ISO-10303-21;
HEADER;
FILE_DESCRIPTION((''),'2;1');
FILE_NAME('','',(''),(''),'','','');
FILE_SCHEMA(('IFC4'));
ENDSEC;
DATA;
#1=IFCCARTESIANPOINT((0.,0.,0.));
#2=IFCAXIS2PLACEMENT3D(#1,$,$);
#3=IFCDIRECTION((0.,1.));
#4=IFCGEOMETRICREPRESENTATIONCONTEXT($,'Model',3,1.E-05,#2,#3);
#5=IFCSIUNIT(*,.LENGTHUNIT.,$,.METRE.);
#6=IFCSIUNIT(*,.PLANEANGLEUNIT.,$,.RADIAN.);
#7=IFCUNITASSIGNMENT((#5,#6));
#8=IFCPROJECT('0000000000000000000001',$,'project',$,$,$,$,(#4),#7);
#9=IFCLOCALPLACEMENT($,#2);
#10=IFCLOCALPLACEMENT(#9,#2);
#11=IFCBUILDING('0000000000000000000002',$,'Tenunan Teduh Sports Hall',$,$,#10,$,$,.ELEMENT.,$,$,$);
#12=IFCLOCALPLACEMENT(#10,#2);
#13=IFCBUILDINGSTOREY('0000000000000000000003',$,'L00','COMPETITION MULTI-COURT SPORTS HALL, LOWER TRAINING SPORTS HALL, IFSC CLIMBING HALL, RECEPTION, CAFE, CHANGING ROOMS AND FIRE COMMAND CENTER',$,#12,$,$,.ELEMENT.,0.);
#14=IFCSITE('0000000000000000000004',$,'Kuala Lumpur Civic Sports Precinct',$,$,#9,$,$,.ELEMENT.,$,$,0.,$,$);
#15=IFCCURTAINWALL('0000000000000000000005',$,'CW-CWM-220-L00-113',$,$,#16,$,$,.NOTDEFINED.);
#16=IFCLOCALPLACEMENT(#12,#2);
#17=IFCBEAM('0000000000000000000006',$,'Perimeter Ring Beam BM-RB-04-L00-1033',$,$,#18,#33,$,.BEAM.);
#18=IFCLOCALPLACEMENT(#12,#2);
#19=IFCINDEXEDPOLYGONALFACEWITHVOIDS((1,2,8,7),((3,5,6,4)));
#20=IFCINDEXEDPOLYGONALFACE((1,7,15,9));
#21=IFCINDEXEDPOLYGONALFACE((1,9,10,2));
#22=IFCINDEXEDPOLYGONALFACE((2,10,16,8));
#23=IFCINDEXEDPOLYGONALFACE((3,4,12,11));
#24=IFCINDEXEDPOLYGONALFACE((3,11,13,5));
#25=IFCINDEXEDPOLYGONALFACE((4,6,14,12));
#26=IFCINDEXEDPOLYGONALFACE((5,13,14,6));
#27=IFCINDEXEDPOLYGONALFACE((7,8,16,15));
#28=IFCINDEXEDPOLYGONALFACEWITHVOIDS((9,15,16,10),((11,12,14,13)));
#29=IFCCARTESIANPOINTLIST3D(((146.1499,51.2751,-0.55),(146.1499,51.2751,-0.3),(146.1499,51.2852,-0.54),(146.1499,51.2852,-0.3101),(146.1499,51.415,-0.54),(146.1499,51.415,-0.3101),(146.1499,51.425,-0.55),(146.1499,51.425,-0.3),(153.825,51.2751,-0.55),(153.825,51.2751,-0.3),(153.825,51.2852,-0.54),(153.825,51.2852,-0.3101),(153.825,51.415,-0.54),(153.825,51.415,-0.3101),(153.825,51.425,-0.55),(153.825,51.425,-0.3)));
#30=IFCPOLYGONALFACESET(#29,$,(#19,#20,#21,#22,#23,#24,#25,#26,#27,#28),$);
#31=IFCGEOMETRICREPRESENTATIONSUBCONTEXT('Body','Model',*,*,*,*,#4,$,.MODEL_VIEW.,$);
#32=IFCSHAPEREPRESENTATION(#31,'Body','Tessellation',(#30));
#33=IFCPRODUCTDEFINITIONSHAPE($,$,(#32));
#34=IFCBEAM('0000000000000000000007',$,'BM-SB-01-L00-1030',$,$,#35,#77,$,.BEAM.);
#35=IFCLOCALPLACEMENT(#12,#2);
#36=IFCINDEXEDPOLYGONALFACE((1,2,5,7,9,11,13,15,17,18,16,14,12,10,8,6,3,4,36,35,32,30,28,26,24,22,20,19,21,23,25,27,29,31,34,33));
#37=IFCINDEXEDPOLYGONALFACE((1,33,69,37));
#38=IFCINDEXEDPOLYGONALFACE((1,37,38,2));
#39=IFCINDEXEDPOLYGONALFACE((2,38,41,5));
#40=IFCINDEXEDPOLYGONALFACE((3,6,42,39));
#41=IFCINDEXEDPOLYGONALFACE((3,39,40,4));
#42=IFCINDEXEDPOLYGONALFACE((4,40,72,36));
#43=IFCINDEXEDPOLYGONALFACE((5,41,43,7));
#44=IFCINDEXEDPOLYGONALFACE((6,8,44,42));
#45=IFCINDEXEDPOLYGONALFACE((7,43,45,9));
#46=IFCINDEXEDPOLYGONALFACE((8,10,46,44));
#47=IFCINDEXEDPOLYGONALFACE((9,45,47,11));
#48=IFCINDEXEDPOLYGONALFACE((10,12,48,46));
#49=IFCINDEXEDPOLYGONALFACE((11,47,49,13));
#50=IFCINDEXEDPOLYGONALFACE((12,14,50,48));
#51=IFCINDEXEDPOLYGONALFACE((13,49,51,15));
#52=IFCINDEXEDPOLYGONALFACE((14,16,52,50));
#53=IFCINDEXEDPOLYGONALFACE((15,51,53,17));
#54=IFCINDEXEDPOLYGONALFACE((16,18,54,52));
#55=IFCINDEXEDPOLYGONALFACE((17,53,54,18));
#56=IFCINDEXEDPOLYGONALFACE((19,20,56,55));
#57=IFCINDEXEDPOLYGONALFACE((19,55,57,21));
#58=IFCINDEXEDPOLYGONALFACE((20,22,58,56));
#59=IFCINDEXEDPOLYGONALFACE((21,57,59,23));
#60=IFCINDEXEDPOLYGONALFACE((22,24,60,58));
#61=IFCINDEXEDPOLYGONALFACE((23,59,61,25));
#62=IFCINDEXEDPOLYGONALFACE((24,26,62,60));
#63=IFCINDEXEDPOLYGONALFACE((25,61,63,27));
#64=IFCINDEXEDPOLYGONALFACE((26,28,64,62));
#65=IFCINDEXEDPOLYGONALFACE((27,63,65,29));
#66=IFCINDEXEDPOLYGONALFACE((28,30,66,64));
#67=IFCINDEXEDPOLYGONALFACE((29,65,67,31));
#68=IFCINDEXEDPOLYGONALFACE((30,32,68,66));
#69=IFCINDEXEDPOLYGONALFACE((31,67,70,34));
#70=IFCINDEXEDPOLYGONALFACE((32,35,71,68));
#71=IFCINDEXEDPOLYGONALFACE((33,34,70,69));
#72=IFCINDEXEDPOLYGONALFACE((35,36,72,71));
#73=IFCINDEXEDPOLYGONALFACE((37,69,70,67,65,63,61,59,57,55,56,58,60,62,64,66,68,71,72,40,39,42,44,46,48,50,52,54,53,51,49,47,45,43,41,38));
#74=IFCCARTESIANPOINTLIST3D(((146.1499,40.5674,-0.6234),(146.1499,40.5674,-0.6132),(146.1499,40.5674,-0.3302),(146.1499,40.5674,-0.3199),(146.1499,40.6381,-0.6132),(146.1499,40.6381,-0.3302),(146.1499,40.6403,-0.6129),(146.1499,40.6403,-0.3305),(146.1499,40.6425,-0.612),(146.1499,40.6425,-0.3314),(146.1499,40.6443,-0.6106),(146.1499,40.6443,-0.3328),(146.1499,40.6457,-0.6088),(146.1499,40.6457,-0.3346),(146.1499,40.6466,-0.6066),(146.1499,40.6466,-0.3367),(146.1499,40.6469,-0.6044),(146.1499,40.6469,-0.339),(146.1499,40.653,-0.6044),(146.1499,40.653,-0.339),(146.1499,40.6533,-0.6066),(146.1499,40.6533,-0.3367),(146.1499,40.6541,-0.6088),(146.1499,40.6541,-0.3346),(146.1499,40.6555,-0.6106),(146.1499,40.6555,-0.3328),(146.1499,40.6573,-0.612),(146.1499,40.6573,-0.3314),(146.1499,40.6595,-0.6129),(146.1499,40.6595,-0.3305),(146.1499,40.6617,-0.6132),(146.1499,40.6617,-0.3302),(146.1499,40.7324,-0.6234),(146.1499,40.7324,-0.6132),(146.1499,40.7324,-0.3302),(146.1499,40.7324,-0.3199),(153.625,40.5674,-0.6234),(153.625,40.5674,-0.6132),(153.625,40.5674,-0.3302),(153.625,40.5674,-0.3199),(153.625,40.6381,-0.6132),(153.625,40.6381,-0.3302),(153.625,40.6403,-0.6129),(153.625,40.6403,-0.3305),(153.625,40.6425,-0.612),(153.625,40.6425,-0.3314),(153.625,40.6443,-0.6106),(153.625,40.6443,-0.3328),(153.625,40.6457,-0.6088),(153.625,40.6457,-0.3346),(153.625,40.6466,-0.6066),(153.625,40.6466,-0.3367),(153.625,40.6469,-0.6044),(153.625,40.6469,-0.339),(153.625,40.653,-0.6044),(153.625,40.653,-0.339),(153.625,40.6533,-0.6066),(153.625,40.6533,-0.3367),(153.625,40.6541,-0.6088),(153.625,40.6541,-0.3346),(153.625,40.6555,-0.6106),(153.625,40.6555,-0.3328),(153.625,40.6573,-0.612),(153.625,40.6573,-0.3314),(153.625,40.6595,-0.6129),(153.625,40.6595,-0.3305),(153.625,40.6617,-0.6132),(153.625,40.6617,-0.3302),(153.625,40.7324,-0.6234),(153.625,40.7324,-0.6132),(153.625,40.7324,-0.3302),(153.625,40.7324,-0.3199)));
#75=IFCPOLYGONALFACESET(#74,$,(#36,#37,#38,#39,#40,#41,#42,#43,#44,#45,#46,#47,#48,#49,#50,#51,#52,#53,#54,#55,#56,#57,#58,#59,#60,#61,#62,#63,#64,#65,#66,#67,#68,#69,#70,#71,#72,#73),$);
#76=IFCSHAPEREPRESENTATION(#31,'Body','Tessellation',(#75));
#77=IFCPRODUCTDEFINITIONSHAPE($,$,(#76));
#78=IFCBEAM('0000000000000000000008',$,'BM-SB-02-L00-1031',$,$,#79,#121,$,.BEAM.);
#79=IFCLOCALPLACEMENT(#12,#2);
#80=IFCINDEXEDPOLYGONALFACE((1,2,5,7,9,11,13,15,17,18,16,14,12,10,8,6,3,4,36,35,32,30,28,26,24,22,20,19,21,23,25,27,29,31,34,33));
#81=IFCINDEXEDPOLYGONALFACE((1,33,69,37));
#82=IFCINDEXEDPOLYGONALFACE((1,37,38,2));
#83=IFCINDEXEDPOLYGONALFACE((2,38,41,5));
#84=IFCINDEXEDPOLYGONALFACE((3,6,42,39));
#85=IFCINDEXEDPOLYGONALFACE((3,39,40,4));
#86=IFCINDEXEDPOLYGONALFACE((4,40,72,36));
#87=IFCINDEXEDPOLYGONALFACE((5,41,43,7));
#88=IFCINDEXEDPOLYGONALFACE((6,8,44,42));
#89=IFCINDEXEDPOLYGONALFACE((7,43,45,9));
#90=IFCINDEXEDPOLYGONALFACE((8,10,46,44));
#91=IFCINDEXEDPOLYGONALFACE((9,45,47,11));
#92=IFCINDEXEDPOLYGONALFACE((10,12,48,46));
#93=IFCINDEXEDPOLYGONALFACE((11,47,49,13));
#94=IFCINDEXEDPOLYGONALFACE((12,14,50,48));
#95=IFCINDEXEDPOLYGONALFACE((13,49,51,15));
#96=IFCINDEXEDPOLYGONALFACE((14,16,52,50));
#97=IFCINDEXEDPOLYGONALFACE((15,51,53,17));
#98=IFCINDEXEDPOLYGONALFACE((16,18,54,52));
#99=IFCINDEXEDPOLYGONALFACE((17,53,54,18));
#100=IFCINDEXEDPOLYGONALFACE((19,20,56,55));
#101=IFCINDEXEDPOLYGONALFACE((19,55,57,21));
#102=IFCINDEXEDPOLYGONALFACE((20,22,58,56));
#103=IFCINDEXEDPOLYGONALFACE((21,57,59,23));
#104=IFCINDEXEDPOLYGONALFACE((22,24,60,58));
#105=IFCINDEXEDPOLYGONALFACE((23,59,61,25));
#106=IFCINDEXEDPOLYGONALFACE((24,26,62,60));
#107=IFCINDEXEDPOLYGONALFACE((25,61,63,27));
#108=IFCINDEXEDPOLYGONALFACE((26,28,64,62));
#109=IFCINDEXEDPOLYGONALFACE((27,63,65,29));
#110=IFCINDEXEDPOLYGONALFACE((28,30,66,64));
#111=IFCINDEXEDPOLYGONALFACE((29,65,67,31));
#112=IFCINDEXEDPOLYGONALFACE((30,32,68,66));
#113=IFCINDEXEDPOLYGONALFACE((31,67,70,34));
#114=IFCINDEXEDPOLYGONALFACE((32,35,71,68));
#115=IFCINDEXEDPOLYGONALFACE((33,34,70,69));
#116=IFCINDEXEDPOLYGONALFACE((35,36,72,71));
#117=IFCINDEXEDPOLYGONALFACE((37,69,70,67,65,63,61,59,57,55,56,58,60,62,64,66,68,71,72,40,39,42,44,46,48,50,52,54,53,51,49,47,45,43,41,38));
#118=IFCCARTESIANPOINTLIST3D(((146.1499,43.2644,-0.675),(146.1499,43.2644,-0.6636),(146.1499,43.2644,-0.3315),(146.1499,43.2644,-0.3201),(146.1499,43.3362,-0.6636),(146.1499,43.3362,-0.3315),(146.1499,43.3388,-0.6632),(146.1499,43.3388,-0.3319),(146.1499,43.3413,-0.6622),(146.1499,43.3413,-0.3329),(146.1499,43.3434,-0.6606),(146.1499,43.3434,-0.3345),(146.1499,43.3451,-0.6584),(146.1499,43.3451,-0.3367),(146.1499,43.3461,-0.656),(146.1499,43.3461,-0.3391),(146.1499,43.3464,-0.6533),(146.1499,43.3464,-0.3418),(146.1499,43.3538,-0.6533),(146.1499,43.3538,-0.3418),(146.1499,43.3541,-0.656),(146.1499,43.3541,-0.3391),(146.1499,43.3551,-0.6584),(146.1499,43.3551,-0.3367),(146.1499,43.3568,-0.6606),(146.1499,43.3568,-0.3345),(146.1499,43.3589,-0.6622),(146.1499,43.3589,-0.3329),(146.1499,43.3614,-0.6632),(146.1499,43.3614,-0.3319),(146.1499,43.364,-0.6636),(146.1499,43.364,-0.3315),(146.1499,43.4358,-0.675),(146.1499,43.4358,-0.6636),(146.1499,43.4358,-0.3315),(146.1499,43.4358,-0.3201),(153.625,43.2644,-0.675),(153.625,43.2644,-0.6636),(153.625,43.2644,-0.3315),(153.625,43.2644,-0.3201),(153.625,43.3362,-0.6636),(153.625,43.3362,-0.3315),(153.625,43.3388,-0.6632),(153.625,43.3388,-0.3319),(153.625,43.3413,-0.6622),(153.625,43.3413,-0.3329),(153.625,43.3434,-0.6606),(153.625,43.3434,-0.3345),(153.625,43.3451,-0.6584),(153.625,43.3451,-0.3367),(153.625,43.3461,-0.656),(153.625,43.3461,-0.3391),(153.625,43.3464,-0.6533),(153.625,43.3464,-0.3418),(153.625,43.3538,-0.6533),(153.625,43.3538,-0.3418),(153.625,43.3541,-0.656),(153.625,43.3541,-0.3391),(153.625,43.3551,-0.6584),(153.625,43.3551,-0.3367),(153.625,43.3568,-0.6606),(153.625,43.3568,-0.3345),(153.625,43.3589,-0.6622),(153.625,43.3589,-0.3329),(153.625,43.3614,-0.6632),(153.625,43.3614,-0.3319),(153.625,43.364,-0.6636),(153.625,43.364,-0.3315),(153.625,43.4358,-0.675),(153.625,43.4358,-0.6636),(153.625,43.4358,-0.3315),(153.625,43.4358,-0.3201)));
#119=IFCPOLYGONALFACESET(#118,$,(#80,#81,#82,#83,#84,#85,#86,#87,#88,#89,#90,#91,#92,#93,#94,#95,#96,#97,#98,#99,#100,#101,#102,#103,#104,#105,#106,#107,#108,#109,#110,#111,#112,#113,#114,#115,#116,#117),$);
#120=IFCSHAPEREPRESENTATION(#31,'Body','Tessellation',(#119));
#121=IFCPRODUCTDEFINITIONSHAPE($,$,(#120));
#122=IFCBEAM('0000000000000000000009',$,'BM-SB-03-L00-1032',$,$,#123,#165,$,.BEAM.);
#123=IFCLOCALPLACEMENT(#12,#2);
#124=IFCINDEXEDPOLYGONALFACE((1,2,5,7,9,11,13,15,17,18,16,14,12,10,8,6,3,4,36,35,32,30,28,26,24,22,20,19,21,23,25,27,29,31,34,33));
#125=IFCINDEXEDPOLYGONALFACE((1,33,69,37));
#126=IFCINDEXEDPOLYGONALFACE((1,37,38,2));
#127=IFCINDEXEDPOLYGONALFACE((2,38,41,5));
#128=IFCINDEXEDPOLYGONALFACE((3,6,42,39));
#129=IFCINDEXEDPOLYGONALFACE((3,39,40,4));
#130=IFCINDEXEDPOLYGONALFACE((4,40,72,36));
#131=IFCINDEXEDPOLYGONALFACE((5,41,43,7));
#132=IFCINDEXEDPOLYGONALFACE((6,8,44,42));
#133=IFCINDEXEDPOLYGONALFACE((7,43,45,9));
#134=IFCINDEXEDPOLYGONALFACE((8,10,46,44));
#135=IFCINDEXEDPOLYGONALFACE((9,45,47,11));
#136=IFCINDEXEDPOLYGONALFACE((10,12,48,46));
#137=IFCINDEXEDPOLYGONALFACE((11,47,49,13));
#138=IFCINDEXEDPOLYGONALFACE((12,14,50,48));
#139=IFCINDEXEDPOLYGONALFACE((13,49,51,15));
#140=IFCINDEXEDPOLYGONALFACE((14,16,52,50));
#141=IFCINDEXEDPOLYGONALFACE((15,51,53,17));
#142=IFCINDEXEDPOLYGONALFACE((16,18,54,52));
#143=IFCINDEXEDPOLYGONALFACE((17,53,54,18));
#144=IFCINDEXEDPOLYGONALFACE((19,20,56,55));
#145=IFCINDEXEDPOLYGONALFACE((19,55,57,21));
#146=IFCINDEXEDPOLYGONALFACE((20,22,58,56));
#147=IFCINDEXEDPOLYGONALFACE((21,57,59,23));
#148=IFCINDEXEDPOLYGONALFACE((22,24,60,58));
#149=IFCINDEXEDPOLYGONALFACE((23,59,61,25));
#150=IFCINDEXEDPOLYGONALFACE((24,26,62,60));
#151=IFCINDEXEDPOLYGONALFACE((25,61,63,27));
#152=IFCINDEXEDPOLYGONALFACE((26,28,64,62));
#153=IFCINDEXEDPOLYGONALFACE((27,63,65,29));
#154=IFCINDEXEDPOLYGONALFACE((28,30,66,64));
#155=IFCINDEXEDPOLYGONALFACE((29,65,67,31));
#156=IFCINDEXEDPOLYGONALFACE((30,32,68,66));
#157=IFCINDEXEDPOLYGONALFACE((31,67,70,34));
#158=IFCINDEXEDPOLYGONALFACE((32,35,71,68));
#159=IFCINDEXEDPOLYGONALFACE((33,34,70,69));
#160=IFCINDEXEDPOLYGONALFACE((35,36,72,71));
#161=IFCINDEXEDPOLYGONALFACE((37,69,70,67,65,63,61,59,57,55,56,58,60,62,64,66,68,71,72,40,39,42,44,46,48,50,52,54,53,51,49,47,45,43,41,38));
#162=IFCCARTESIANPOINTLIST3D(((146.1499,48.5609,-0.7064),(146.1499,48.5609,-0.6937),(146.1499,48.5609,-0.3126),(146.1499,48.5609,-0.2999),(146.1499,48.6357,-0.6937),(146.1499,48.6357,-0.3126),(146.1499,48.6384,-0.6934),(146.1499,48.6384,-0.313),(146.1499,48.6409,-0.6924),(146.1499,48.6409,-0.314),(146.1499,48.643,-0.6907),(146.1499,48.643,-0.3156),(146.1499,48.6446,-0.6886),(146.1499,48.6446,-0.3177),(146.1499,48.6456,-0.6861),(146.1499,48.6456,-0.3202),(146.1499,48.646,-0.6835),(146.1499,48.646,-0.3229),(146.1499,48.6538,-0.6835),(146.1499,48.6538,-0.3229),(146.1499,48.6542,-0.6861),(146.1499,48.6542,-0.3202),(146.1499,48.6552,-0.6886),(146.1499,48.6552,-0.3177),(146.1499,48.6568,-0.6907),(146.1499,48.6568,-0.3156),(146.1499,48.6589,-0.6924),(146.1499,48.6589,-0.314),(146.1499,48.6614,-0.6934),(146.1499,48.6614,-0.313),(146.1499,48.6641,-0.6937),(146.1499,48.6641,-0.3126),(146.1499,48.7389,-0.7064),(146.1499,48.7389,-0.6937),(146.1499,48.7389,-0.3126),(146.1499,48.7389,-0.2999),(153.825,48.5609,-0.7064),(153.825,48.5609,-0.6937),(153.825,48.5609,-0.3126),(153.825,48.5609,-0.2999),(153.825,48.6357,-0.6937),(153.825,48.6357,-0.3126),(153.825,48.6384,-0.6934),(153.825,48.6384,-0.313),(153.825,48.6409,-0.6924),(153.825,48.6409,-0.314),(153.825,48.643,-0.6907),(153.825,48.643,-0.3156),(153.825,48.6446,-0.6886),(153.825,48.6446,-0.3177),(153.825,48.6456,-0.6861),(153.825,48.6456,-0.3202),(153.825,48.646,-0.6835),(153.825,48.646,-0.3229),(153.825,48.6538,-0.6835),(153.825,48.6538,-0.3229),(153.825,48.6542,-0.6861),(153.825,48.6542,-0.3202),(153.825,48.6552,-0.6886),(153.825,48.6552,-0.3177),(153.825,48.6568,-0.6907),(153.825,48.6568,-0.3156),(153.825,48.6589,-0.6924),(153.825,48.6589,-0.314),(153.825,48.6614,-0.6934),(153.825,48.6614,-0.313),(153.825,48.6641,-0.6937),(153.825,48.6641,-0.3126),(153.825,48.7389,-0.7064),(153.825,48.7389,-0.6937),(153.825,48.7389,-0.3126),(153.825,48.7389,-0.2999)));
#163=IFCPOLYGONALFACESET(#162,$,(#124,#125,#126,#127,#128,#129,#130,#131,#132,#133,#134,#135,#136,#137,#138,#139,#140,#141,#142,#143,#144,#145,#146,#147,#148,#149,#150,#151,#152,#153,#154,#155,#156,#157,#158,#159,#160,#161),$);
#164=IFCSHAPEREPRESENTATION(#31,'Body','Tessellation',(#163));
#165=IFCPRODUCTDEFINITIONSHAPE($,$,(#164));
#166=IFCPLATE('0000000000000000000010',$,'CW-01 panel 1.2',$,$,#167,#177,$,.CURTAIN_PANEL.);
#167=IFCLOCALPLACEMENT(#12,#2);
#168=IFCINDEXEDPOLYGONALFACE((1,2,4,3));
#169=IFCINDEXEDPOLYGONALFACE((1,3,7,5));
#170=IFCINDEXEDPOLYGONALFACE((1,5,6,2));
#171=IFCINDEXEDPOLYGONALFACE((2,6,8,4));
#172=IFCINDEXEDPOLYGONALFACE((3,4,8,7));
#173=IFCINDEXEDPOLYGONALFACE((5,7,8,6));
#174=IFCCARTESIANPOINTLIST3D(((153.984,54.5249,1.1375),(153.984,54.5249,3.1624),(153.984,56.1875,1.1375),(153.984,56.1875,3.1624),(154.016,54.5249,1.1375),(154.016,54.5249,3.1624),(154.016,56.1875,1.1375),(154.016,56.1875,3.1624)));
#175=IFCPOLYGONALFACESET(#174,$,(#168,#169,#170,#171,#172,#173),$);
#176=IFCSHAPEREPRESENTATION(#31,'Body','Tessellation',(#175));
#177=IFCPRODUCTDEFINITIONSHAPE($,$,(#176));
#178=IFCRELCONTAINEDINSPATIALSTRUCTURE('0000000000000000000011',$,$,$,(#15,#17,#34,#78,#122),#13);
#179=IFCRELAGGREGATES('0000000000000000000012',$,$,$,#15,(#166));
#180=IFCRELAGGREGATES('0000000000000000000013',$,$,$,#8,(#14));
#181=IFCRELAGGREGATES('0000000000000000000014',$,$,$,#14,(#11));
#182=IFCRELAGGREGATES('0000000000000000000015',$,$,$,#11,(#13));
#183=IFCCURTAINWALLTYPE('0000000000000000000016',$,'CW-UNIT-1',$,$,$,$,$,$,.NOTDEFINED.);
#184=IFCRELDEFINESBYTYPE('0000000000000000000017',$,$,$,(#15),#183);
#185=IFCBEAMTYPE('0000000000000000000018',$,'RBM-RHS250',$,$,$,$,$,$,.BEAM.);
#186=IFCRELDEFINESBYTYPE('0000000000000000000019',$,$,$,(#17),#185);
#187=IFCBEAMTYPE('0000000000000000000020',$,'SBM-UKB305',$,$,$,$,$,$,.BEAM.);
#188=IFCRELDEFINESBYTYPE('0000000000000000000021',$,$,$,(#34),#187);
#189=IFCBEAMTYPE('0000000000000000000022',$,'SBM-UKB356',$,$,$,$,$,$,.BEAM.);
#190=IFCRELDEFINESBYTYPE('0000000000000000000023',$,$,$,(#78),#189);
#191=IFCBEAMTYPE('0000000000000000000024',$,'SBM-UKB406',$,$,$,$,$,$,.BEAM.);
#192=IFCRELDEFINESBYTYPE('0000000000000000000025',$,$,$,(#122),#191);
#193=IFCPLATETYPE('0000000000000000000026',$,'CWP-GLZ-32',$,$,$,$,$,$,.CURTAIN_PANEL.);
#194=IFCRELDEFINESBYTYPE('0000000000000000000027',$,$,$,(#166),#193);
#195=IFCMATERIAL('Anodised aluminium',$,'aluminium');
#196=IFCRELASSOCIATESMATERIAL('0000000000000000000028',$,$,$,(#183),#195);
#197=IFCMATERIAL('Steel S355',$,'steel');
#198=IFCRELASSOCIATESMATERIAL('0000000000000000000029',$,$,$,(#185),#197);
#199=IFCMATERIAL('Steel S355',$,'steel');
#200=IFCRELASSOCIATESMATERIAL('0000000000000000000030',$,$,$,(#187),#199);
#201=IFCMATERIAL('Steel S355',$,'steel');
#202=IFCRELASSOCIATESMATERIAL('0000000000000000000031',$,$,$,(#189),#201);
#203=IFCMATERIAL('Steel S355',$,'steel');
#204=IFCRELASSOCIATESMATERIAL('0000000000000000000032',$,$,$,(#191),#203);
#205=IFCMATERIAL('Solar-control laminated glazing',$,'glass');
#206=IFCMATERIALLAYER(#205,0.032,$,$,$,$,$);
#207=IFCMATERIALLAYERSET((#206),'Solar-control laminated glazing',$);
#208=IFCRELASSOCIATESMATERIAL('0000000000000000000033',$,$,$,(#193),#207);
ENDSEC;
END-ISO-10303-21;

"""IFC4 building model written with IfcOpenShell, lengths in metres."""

from ifc_helpers import new_model, si_unit, direction, frame, origin, origin_2d, place, context, subcontext, project, spatial, rectangle, hollow_rectangle, i_section, extrude, material, layer, layer_set, material_profile, profile_set, type_object, element, aggregate, save


model = new_model("IFC4")

# Units and contexts
model_context = context("Model", 3, precision=1e-05, world=origin(), true_north=direction((0.0, 1.0)))
body_context = subcontext(model_context, "Body", "Model", "MODEL_VIEW")
ifc_project = project(units=[si_unit("LENGTHUNIT", "METRE"), si_unit("PLANEANGLEUNIT", "RADIAN")], contexts=[model_context])

# Site, building, storey
site_placement = place(None, origin())
site = spatial("IfcSite", under=ifc_project, at=site_placement, Name="Kuala Lumpur Civic Sports Precinct", CompositionType="ELEMENT", RefElevation=0.0)
building_placement = place(site_placement, origin())
building = spatial("IfcBuilding", under=site, at=building_placement, Name="Tenunan Teduh Sports Hall", CompositionType="ELEMENT")
storey_placement = place(building_placement, origin())
storey = spatial("IfcBuildingStorey", under=building, at=storey_placement, Name="L00", Description="COMPETITION MULTI-COURT SPORTS HALL, LOWER TRAINING SPORTS HALL, IFSC CLIMBING HALL, RECEPTION, CAFE, CHANGING ROOMS AND FIRE COMMAND CENTER", CompositionType="ELEMENT", Elevation=0.0)

# Curtain wall
ifc_material_1 = material(Name="Anodised aluminium", Category="aluminium")
curtain_wall_type = type_object("IfcCurtainWallType", Name="CW-UNIT-1", PredefinedType="NOTDEFINED", material=ifc_material_1)
curtain_wall_placement = place(storey_placement, origin())
curtain_wall = element("IfcCurtainWall", 1, at=curtain_wall_placement, inside=storey, type_object=curtain_wall_type, Name="CW-CWM-220-L00-113", PredefinedType="NOTDEFINED")

# Beams
ifc_material_2 = material(Name="Steel S355", Category="steel")
ifc_material_profile_1 = material_profile(ifc_material_2, hollow_rectangle(XDim=0.1499, YDim=0.25, WallThickness=0.01, at=origin_2d()), Name="RHS 250x150x10.0")
ifc_profile_set_1 = profile_set([ifc_material_profile_1], Name="Steel S355")
beam_type_1 = type_object("IfcBeamType", Name="RBM-RHS250", PredefinedType="BEAM", material=ifc_profile_set_1)
beam_1_placement = place(storey_placement, frame((146.1499, 51.3501, -0.425), z_axis=(1.0, 0.0, 0.0), x_axis=(0.0, 1.0, 0.0)))
element("IfcBeam", 2, at=beam_1_placement, inside=storey, type_object=beam_type_1, Name="Perimeter Ring Beam BM-RB-04-L00-1033", PredefinedType="BEAM", context=body_context, shape_type="SweptSolid", body=[
    extrude(hollow_rectangle(XDim=0.1499, YDim=0.25, WallThickness=0.01, at=origin_2d()), origin(), (0.0, 0.0, 1.0), 7.675),
])
ifc_material_3 = material(Name="Steel S355", Category="steel")
ifc_material_profile_2 = material_profile(ifc_material_3, i_section(OverallWidth=0.165, OverallDepth=0.3035, WebThickness=0.0061, FlangeThickness=0.0103, FilletRadius=0.0088, at=origin_2d()), Name="UKB 305x165x40")
ifc_profile_set_2 = profile_set([ifc_material_profile_2], Name="Steel S355")
beam_type_2 = type_object("IfcBeamType", Name="SBM-UKB305", PredefinedType="BEAM", material=ifc_profile_set_2)
beam_2_placement = place(storey_placement, frame((146.1499, 40.6499, -0.4717), z_axis=(1.0, 0.0, 0.0), x_axis=(0.0, 1.0, 0.0)))
element("IfcBeam", 3, at=beam_2_placement, inside=storey, type_object=beam_type_2, Name="BM-SB-01-L00-1030", PredefinedType="BEAM", context=body_context, shape_type="SweptSolid", body=[
    extrude(i_section(OverallWidth=0.165, OverallDepth=0.3035, WebThickness=0.0061, FlangeThickness=0.0103, FilletRadius=0.0088, at=origin_2d()), origin(), (0.0, 0.0, 1.0), 7.4751),
])
ifc_material_4 = material(Name="Steel S355", Category="steel")
ifc_material_profile_3 = material_profile(ifc_material_4, i_section(OverallWidth=0.1714, OverallDepth=0.355, WebThickness=0.0073, FlangeThickness=0.0115, FilletRadius=0.0103, at=origin_2d()), Name="UKB 356x171x51")
ifc_profile_set_3 = profile_set([ifc_material_profile_3], Name="Steel S355")
beam_type_3 = type_object("IfcBeamType", Name="SBM-UKB356", PredefinedType="BEAM", material=ifc_profile_set_3)
beam_3_placement = place(storey_placement, frame((146.1499, 43.3501, -0.4976), z_axis=(1.0, 0.0, 0.0), x_axis=(0.0, 1.0, 0.0)))
element("IfcBeam", 4, at=beam_3_placement, inside=storey, type_object=beam_type_3, Name="BM-SB-02-L00-1031", PredefinedType="BEAM", context=body_context, shape_type="SweptSolid", body=[
    extrude(i_section(OverallWidth=0.1714, OverallDepth=0.355, WebThickness=0.0073, FlangeThickness=0.0115, FilletRadius=0.0103, at=origin_2d()), origin(), (0.0, 0.0, 1.0), 7.4751),
])
ifc_material_5 = material(Name="Steel S355", Category="steel")
ifc_material_profile_4 = material_profile(ifc_material_5, i_section(OverallWidth=0.178, OverallDepth=0.4065, WebThickness=0.0078, FlangeThickness=0.0127, FilletRadius=0.0103, at=origin_2d()), Name="UKB 406x178x60")
ifc_profile_set_4 = profile_set([ifc_material_profile_4], Name="Steel S355")
beam_type_4 = type_object("IfcBeamType", Name="SBM-UKB406", PredefinedType="BEAM", material=ifc_profile_set_4)
beam_4_placement = place(storey_placement, frame((146.1499, 48.6499, -0.5032), z_axis=(1.0, 0.0, 0.0), x_axis=(0.0, 1.0, 0.0)))
element("IfcBeam", 5, at=beam_4_placement, inside=storey, type_object=beam_type_4, Name="BM-SB-03-L00-1032", PredefinedType="BEAM", context=body_context, shape_type="SweptSolid", body=[
    extrude(i_section(OverallWidth=0.178, OverallDepth=0.4065, WebThickness=0.0078, FlangeThickness=0.0127, FilletRadius=0.0103, at=origin_2d()), origin(), (0.0, 0.0, 1.0), 7.675),
])

# Plate
ifc_material_6 = material(Name="Solar-control laminated glazing", Category="glass")
ifc_layer_1 = layer(ifc_material_6, 0.032)
ifc_layer_set_1 = layer_set([ifc_layer_1], Name="Solar-control laminated glazing")
plate_type_1 = type_object("IfcPlateType", Name="CWP-GLZ-32", PredefinedType="CURTAIN_PANEL", material=ifc_layer_set_1)
plate_1_placement = place(storey_placement, frame((154.0, 55.3562, 1.1375), z_axis=(0.0, 0.0, 1.0), x_axis=(0.0, 1.0, 0.0)))
plate_1 = element("IfcPlate", 6, at=plate_1_placement, type_object=plate_type_1, Name="CW-01 panel 1.2", PredefinedType="CURTAIN_PANEL", context=body_context, shape_type="SweptSolid", body=[
    extrude(rectangle(XDim=1.6626, YDim=0.032, at=origin_2d()), origin(), (0.0, 0.0, 1.0), 2.0249),
])
aggregate(curtain_wall, [plate_1])

save(model, "model.ifc")
